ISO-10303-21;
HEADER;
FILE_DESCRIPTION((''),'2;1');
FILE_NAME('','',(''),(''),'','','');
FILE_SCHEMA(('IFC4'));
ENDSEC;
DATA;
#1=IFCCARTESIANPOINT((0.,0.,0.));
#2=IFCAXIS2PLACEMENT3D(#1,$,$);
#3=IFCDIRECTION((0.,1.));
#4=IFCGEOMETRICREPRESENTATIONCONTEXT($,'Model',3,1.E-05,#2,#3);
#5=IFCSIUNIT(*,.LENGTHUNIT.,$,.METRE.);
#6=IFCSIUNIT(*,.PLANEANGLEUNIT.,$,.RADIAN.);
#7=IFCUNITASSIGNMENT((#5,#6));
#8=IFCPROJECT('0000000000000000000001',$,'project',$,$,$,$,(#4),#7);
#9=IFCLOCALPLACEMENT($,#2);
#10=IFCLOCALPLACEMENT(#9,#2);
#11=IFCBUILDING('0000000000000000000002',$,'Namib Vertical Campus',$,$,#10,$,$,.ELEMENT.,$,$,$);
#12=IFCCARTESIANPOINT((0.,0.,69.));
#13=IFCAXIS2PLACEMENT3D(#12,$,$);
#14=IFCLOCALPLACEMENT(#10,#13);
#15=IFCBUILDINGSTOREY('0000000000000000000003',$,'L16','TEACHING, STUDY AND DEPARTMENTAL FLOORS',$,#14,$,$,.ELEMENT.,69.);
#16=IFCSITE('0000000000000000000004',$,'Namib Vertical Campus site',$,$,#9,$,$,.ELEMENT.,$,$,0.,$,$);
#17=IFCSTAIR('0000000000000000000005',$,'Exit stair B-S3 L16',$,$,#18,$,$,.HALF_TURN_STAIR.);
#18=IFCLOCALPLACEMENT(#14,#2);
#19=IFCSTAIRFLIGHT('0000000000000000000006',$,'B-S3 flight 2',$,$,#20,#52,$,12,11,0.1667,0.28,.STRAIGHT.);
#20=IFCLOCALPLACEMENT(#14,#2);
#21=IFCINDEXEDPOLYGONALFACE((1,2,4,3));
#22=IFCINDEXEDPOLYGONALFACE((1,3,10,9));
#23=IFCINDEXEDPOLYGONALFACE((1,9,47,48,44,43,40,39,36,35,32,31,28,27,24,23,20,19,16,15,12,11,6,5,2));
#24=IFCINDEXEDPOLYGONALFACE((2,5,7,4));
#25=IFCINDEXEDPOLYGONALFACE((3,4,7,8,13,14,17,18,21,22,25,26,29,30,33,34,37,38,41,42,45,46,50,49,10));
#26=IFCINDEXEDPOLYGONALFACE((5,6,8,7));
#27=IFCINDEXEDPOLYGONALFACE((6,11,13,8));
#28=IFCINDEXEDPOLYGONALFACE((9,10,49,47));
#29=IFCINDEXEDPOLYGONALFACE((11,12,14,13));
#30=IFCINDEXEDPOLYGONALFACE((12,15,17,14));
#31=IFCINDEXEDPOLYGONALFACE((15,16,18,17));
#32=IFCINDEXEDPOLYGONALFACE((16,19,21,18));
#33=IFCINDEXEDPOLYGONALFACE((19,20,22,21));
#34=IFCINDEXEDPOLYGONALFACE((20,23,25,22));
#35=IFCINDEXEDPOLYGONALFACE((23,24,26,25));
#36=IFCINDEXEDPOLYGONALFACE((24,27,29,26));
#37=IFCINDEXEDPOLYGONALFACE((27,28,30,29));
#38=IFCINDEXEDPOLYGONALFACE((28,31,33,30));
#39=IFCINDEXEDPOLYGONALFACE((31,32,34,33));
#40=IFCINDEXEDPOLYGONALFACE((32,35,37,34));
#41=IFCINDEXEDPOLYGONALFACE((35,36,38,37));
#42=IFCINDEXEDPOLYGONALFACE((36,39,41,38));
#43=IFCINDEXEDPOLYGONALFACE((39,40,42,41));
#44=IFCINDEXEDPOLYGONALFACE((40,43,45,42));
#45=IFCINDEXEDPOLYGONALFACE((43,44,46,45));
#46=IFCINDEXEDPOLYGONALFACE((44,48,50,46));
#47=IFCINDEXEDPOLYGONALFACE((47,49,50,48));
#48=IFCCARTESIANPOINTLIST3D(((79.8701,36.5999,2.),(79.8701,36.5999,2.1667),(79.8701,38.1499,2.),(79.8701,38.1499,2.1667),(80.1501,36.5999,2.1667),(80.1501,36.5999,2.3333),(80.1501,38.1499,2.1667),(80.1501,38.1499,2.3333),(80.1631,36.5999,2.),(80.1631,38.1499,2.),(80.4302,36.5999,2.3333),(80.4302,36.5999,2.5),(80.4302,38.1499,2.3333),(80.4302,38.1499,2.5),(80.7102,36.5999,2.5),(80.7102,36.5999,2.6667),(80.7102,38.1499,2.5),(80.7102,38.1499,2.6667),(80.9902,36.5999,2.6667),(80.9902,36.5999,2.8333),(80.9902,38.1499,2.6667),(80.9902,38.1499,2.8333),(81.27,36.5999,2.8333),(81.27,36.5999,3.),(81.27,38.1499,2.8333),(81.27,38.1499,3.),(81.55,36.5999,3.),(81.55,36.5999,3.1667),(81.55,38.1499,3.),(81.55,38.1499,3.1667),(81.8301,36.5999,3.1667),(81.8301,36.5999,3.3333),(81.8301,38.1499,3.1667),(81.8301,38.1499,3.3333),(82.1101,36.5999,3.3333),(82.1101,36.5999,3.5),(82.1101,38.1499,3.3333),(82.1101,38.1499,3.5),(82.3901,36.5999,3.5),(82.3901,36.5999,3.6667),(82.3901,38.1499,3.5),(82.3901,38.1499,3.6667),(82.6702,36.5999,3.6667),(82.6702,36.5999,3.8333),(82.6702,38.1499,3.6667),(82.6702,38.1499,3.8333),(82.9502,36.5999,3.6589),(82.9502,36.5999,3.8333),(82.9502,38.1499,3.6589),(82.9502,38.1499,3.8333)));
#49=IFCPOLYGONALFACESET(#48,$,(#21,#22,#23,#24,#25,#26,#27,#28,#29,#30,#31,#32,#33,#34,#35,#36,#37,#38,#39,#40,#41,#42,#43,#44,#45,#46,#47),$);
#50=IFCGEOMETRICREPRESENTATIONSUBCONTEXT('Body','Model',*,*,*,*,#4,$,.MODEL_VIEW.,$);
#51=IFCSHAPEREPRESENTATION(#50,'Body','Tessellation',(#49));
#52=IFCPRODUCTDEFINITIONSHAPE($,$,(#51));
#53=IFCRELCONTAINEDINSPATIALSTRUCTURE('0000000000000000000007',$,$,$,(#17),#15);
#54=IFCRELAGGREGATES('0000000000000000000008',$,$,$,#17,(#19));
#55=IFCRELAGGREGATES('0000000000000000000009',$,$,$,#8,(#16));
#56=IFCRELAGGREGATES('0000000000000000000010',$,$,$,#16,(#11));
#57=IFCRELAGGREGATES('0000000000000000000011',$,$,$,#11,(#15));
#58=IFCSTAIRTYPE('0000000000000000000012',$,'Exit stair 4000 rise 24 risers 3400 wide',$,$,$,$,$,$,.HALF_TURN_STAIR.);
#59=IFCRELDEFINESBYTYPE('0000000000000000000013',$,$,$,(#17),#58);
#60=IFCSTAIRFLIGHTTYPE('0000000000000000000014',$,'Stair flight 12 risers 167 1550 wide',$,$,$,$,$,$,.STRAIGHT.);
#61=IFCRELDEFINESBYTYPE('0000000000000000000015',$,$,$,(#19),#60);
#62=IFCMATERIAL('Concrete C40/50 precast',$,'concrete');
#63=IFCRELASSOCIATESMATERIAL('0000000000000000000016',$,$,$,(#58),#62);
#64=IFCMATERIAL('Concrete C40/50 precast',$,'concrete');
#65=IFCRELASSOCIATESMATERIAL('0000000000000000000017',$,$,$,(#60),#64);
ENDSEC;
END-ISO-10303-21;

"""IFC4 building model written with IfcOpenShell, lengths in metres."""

from ifc_helpers import new_model, si_unit, direction, frame, origin, place, context, subcontext, project, spatial, polyline, outline, extrude, material, type_object, element, aggregate, save


model = new_model("IFC4")

# Units and contexts
model_context = context("Model", 3, precision=1e-05, world=origin(), true_north=direction((0.0, 1.0)))
body_context = subcontext(model_context, "Body", "Model", "MODEL_VIEW")
ifc_project = project(units=[si_unit("LENGTHUNIT", "METRE"), si_unit("PLANEANGLEUNIT", "RADIAN")], contexts=[model_context])

# Site, building, storey
site_placement = place(None, origin())
site = spatial("IfcSite", under=ifc_project, at=site_placement, Name="Namib Vertical Campus site", CompositionType="ELEMENT", RefElevation=0.0)
building_placement = place(site_placement, origin())
building = spatial("IfcBuilding", under=site, at=building_placement, Name="Namib Vertical Campus", CompositionType="ELEMENT")
storey_placement = place(building_placement, frame((0.0, 0.0, 69.0)))
storey = spatial("IfcBuildingStorey", under=building, at=storey_placement, Name="L16", Description="TEACHING, STUDY AND DEPARTMENTAL FLOORS", CompositionType="ELEMENT", Elevation=69.0)

# Stair, stair flight
ifc_material_1 = material(Name="Concrete C40/50 precast", Category="concrete")
stair_type = type_object("IfcStairType", Name="Exit stair 4000 rise 24 risers 3400 wide", PredefinedType="HALF_TURN_STAIR", material=ifc_material_1)
stair_placement = place(storey_placement, origin())
stair = element("IfcStair", 1, at=stair_placement, inside=storey, type_object=stair_type, Name="Exit stair B-S3 L16", PredefinedType="HALF_TURN_STAIR")
ifc_material_2 = material(Name="Concrete C40/50 precast", Category="concrete")
stair_flight_type = type_object("IfcStairFlightType", Name="Stair flight 12 risers 167 1550 wide", PredefinedType="STRAIGHT", material=ifc_material_2)
stair_flight_placement = place(storey_placement, frame((79.8701, 37.375, 2.0), z_axis=(0.0, 0.0, 1.0), x_axis=(1.0, 0.0, 0.0)))
stair_flight = element("IfcStairFlight", 2, at=stair_flight_placement, type_object=stair_flight_type, Name="B-S3 flight 2", NumberOfRisers=12, NumberOfTreads=11, PredefinedType="STRAIGHT", RiserHeight=0.1667, TreadLength=0.28, context=body_context, shape_type="SweptSolid", body=[
    extrude(outline(polyline([(0.0, 0.0), (0.0, 0.1667), (0.28, 0.1667), (0.28, 0.3333), (0.5601, 0.3333), (0.5601, 0.5), (0.8401, 0.5), (0.8401, 0.6667), (1.1201, 0.6667), (1.1201, 0.8333), (1.3999, 0.8333), (1.3999, 1.0), (1.6799, 1.0), (1.6799, 1.1667), (1.96, 1.1667), (1.96, 1.3333), (2.24, 1.3333), (2.24, 1.5), (2.52, 1.5), (2.52, 1.6667), (2.8, 1.6667), (2.8, 1.8333), (3.0801, 1.8333), (3.0801, 2.0), (3.0801, 1.6589), (0.293, 0.0), (0.0, 0.0)])), frame((0.0, 0.7749, 0.0), z_axis=(0.0, -1.0, 0.0), x_axis=(1.0, 0.0, 0.0)), (0.0, 0.0, 1.0), 1.55),
])
aggregate(stair, [stair_flight])

save(model, "model.ifc")
